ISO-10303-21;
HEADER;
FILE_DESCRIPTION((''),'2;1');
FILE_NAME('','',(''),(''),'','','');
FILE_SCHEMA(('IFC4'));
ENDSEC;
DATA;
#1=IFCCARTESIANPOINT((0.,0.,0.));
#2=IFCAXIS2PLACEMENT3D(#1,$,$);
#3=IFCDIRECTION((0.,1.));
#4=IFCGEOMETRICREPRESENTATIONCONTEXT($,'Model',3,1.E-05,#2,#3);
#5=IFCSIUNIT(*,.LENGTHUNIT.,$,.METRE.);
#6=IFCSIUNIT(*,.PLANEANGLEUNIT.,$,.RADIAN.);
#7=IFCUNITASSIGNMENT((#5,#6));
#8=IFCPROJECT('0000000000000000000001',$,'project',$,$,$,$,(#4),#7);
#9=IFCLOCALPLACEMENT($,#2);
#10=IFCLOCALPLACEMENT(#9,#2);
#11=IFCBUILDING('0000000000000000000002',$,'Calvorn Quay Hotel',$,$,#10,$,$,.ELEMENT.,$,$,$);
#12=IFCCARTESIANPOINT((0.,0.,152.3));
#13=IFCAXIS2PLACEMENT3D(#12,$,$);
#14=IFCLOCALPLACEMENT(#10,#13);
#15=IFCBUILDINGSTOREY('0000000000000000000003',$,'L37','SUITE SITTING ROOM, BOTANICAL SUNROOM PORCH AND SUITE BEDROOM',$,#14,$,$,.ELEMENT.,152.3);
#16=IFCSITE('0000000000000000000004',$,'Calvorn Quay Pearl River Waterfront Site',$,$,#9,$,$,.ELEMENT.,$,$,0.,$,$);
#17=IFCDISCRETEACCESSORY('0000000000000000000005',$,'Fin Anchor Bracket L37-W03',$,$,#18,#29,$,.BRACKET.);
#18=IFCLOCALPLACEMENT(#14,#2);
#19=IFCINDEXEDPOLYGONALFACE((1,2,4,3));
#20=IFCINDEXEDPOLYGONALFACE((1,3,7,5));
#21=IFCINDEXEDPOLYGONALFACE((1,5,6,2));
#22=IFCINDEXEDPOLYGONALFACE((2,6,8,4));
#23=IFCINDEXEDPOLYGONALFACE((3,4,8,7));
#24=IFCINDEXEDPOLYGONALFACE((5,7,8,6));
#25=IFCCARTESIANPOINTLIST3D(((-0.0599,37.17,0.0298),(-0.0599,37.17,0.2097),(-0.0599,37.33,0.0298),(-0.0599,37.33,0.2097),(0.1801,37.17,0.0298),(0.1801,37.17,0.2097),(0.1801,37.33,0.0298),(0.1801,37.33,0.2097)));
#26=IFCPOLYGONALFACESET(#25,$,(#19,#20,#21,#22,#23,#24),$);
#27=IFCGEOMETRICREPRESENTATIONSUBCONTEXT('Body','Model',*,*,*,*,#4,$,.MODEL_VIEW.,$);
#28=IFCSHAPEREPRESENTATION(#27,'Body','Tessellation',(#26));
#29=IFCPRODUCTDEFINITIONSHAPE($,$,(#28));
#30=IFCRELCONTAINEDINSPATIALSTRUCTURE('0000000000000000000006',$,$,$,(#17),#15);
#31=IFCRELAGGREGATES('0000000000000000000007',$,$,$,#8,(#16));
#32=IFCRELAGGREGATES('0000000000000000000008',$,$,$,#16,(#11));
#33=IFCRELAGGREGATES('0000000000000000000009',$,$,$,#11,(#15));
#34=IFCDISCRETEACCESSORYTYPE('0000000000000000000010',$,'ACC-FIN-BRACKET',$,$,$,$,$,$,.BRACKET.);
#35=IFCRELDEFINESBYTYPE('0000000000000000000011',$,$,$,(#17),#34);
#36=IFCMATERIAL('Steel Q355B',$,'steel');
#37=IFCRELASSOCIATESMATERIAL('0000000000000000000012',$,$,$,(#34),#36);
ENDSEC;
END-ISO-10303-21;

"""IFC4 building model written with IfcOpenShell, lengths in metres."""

from ifc_helpers import new_model, si_unit, direction, frame, origin, origin_2d, place, context, subcontext, project, spatial, rectangle, extrude, material, type_object, element, save


model = new_model("IFC4")

# Units and contexts
model_context = context("Model", 3, precision=1e-05, world=origin(), true_north=direction((0.0, 1.0)))
body_context = subcontext(model_context, "Body", "Model", "MODEL_VIEW")
ifc_project = project(units=[si_unit("LENGTHUNIT", "METRE"), si_unit("PLANEANGLEUNIT", "RADIAN")], contexts=[model_context])

# Site, building, storey
site_placement = place(None, origin())
site = spatial("IfcSite", under=ifc_project, at=site_placement, Name="Calvorn Quay Pearl River Waterfront Site", CompositionType="ELEMENT", RefElevation=0.0)
building_placement = place(site_placement, origin())
building = spatial("IfcBuilding", under=site, at=building_placement, Name="Calvorn Quay Hotel", CompositionType="ELEMENT")
storey_placement = place(building_placement, frame((0.0, 0.0, 152.3)))
storey = spatial("IfcBuildingStorey", under=building, at=storey_placement, Name="L37", Description="SUITE SITTING ROOM, BOTANICAL SUNROOM PORCH AND SUITE BEDROOM", CompositionType="ELEMENT", Elevation=152.3)

# Discrete accessory
ifc_material_1 = material(Name="Steel Q355B", Category="steel")
discrete_accessory_type = type_object("IfcDiscreteAccessoryType", Name="ACC-FIN-BRACKET", PredefinedType="BRACKET", material=ifc_material_1)
discrete_accessory_placement = place(storey_placement, frame((0.0601, 37.25, 0.0298), z_axis=(0.0, 0.0, 1.0), x_axis=(1.0, 0.0, 0.0)))
element("IfcDiscreteAccessory", 1, at=discrete_accessory_placement, inside=storey, type_object=discrete_accessory_type, Name="Fin Anchor Bracket L37-W03", PredefinedType="BRACKET", context=body_context, shape_type="SweptSolid", body=[
    extrude(rectangle(XDim=0.24, YDim=0.1599, at=origin_2d()), origin(), (0.0, 0.0, 1.0), 0.1799),
])

save(model, "model.ifc")
